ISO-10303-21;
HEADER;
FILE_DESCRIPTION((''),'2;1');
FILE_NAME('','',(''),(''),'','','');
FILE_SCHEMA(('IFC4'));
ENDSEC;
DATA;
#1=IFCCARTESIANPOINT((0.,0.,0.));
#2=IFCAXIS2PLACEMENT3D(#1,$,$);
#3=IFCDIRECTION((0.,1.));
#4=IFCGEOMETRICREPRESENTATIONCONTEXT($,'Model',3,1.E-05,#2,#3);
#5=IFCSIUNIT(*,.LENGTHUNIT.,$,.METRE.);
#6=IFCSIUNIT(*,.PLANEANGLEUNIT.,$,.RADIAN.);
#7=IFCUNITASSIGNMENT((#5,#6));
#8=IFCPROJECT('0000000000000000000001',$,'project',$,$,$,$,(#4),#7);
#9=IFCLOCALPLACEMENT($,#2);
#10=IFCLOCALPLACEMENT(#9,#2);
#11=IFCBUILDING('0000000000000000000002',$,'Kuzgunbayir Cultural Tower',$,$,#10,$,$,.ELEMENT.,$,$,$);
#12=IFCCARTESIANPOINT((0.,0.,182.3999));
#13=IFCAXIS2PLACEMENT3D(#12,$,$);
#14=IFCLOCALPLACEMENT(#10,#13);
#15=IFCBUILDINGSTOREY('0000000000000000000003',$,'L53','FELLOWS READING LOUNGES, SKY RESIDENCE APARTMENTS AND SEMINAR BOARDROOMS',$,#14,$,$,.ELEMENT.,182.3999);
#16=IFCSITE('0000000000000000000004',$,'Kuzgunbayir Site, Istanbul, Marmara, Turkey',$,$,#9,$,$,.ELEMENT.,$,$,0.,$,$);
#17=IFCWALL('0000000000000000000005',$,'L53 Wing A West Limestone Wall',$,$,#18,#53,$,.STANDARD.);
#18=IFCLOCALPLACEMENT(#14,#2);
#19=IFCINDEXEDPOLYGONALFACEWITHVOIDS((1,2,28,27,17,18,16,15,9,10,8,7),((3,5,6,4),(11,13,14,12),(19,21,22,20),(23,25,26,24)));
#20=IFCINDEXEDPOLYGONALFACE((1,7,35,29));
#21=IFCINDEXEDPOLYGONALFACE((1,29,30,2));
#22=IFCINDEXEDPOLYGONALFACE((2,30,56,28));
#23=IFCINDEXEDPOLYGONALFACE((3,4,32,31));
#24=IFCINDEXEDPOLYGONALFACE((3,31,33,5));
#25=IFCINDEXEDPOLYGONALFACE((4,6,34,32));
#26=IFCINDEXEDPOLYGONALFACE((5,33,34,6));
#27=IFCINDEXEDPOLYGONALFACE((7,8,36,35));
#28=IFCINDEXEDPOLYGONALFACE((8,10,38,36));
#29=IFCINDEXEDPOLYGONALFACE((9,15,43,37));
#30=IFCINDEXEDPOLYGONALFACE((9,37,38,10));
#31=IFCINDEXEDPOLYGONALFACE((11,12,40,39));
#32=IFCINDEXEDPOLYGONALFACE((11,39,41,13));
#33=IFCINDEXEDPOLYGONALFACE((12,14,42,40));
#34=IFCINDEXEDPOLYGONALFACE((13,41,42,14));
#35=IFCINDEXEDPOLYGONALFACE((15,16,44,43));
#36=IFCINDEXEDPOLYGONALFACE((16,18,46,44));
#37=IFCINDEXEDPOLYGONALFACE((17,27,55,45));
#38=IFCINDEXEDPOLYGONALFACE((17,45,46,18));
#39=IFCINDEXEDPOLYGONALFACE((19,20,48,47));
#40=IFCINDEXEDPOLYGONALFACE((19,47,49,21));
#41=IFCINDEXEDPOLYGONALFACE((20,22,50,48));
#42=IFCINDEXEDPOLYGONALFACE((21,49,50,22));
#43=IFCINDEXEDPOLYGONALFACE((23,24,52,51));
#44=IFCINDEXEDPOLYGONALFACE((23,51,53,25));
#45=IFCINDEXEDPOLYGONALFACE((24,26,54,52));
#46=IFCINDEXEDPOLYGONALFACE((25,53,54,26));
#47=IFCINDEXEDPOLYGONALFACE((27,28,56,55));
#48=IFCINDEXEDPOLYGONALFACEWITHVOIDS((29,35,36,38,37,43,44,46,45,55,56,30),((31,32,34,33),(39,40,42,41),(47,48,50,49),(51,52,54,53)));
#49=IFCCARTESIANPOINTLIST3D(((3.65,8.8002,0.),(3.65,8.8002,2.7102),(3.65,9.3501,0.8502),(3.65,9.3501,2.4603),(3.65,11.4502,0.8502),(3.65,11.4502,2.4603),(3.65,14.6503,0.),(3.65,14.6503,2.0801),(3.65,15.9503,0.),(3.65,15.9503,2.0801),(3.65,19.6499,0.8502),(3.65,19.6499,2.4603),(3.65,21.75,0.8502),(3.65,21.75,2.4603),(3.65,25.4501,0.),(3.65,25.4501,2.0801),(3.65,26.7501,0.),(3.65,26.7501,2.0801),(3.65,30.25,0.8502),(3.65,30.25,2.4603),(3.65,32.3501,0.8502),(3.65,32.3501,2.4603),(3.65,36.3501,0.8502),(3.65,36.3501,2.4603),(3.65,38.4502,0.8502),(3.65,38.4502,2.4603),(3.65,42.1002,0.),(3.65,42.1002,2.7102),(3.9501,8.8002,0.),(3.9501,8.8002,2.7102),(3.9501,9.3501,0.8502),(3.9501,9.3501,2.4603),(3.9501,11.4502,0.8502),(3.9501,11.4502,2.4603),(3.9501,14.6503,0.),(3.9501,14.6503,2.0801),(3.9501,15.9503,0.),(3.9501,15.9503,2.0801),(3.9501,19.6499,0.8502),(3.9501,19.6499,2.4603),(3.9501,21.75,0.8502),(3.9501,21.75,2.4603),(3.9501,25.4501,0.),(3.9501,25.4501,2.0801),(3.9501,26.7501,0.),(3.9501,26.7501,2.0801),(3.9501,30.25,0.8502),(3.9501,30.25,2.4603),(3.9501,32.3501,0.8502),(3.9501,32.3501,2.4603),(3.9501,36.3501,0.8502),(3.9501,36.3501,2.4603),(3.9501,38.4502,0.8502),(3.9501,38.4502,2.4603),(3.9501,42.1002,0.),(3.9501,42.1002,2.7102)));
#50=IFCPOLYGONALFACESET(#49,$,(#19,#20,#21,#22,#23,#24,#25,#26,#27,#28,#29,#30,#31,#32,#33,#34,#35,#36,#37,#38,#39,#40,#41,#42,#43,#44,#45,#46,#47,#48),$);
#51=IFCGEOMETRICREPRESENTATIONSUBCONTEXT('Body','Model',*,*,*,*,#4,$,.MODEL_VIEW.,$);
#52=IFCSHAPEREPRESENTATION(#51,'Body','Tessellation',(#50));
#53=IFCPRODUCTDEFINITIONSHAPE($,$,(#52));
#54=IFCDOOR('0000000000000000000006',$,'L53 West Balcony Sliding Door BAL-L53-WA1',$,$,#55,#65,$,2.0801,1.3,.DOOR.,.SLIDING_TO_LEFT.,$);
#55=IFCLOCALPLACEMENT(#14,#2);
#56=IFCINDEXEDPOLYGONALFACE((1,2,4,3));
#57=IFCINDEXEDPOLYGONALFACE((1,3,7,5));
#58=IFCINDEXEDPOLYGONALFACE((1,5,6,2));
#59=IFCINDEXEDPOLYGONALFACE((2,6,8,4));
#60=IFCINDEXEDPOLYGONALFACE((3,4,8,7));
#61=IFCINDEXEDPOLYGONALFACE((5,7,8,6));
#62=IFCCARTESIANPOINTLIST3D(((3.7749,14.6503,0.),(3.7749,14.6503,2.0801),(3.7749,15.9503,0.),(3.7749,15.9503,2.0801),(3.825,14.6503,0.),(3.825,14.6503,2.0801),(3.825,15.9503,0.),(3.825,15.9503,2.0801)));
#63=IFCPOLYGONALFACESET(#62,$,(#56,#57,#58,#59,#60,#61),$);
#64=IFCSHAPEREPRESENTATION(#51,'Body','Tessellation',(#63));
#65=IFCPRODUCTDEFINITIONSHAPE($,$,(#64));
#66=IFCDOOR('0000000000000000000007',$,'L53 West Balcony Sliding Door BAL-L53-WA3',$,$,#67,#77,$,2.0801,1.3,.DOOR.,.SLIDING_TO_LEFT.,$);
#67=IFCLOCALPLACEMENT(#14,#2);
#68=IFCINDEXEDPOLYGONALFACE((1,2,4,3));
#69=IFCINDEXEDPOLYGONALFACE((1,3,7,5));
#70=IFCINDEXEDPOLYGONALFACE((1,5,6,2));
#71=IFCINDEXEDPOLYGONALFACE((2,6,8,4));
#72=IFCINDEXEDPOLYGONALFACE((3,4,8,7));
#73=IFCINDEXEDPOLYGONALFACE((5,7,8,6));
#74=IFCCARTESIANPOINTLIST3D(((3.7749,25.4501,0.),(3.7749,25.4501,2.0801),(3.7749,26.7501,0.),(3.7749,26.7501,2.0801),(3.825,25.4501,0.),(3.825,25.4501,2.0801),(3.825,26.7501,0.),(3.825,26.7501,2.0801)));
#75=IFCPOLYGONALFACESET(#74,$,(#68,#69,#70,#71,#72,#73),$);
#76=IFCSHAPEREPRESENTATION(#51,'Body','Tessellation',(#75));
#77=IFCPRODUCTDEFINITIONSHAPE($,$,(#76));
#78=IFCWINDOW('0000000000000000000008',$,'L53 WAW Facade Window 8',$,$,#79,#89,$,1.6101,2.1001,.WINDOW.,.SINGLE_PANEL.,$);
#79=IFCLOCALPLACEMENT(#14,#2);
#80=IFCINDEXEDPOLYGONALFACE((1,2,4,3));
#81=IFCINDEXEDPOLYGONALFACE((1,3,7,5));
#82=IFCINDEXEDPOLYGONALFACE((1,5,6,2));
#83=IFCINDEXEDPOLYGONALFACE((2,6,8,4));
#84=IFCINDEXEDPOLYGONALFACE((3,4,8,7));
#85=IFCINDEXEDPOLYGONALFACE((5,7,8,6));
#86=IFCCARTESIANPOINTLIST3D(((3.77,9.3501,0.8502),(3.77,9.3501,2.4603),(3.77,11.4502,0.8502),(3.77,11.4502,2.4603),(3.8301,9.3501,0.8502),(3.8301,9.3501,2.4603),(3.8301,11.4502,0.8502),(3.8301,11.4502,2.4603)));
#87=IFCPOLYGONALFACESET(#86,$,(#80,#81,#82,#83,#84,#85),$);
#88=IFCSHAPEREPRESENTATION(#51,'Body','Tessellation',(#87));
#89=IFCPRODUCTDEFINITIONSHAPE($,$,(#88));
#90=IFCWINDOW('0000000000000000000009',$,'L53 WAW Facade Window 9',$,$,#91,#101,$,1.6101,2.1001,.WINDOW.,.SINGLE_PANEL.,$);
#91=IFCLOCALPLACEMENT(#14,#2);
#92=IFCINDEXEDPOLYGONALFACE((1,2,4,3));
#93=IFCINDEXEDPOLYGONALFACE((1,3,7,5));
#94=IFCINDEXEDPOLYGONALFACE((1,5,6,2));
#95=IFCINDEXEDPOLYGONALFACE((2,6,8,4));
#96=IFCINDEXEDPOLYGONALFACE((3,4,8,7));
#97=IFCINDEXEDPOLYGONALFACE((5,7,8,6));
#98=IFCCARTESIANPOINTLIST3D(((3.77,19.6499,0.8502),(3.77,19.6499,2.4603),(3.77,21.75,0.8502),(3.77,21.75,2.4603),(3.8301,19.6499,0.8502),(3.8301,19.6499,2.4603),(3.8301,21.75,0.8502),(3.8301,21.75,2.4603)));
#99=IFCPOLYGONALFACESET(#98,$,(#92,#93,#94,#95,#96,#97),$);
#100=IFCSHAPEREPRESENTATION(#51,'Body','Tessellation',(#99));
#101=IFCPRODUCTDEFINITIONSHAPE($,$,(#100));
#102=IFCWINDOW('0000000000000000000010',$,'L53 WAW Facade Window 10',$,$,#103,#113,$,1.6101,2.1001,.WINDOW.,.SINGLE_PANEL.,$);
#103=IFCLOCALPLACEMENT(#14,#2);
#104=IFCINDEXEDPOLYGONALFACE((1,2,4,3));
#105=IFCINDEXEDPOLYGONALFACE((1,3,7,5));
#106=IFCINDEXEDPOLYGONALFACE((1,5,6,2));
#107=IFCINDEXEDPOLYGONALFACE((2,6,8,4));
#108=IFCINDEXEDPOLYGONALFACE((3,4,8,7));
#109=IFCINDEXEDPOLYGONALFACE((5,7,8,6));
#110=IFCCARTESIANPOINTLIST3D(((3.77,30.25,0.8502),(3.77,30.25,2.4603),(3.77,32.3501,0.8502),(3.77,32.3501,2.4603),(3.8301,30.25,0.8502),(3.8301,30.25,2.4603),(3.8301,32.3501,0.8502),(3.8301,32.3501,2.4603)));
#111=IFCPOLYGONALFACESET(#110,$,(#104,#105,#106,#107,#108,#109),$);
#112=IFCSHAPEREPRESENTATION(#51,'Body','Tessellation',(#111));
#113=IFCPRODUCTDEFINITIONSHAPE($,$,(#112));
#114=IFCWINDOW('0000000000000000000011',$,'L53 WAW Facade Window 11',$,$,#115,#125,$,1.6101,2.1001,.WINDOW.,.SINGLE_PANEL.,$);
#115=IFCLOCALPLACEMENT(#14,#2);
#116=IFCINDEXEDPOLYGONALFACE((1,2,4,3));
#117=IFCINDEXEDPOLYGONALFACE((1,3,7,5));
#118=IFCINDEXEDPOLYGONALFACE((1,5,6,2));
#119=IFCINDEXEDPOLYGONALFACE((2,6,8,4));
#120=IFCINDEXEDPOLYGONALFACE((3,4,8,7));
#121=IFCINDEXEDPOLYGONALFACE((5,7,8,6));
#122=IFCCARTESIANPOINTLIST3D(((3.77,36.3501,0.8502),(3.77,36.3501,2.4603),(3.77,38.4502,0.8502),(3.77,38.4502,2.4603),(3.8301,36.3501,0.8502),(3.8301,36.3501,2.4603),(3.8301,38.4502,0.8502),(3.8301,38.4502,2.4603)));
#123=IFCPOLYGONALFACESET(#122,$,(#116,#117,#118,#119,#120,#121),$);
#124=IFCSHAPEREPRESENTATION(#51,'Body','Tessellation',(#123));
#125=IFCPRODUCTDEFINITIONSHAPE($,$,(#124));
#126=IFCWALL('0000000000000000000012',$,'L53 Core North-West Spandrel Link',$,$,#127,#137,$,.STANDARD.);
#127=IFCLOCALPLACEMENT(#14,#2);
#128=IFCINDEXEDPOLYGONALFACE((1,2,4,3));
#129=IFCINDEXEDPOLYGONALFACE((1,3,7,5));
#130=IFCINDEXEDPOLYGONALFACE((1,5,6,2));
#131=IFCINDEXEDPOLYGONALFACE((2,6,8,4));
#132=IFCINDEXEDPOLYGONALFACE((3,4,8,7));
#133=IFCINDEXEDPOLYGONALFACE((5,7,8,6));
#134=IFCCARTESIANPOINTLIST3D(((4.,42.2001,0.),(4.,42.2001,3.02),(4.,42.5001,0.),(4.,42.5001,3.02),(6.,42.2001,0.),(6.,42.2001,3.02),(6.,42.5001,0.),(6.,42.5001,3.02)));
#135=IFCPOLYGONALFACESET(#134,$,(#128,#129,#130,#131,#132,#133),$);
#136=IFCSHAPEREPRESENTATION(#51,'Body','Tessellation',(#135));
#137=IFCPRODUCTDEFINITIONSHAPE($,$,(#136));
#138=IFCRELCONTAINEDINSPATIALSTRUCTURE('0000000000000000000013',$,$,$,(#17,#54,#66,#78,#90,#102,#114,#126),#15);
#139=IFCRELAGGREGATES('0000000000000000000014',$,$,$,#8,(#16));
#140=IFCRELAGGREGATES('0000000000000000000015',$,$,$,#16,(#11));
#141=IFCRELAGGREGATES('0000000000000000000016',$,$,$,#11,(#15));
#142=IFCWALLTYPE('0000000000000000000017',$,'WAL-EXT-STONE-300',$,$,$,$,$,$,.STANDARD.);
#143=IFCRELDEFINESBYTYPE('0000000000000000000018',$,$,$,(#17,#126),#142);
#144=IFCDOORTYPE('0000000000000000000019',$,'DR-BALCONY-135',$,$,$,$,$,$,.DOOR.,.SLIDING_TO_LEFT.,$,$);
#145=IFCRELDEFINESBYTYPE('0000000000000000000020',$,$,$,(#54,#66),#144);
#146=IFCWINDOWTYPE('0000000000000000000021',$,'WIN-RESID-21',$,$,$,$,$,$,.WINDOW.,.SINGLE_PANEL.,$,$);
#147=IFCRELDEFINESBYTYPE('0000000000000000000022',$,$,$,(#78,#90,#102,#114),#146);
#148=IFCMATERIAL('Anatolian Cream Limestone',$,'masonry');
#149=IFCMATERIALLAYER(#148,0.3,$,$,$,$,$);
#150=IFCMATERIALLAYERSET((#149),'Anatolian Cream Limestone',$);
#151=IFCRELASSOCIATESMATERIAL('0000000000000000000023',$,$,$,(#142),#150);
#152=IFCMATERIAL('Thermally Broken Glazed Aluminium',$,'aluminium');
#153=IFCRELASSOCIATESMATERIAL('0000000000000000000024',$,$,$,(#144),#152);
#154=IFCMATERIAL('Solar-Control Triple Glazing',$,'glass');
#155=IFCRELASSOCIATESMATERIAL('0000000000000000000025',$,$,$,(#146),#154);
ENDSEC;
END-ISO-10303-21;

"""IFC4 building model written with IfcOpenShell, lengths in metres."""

from ifc_helpers import new_model, si_unit, direction, frame, frame_2d, origin, place, context, subcontext, project, spatial, rectangle, extrude, material, layer, layer_set, type_object, element, fill, save


model = new_model("IFC4")

# Units and contexts
model_context = context("Model", 3, precision=1e-05, world=origin(), true_north=direction((0.0, 1.0)))
body_context = subcontext(model_context, "Body", "Model", "MODEL_VIEW")
ifc_project = project(units=[si_unit("LENGTHUNIT", "METRE"), si_unit("PLANEANGLEUNIT", "RADIAN")], contexts=[model_context])

# Site, building, storey
site_placement = place(None, origin())
site = spatial("IfcSite", under=ifc_project, at=site_placement, Name="Kuzgunbayir Site, Istanbul, Marmara, Turkey", CompositionType="ELEMENT", RefElevation=0.0)
building_placement = place(site_placement, origin())
building = spatial("IfcBuilding", under=site, at=building_placement, Name="Kuzgunbayir Cultural Tower", CompositionType="ELEMENT")
storey_placement = place(building_placement, frame((0.0, 0.0, 182.3999)))
storey = spatial("IfcBuildingStorey", under=building, at=storey_placement, Name="L53", Description="FELLOWS READING LOUNGES, SKY RESIDENCE APARTMENTS AND SEMINAR BOARDROOMS", CompositionType="ELEMENT", Elevation=182.3999)

# Wall, openings, doors, windows
ifc_material_1 = material(Name="Anatolian Cream Limestone", Category="masonry")
ifc_layer_1 = layer(ifc_material_1, 0.3)
ifc_layer_set_1 = layer_set([ifc_layer_1], Name="Anatolian Cream Limestone")
wall_type_1 = type_object("IfcWallType", Name="WAL-EXT-STONE-300", PredefinedType="STANDARD", material=ifc_layer_set_1)
wall_1_placement = place(storey_placement, frame((3.8, 42.1001, 0.0), z_axis=(0.0, 0.0, 1.0), x_axis=(0.0, -1.0, 0.0)))
wall_1 = element("IfcWall", 1, at=wall_1_placement, inside=storey, type_object=wall_type_1, Name="L53 Wing A West Limestone Wall", PredefinedType="STANDARD", context=body_context, shape_type="SweptSolid", body=[
    extrude(rectangle(XDim=33.3, YDim=0.3, at=frame_2d((16.6499, 0.0))), origin(), (0.0, 0.0, 1.0), 2.7102),
])
opening_1_placement = place(wall_1_placement, frame((26.1499, 0.0, 0.0)))
opening_1 = element("IfcOpeningElement", 2, at=opening_1_placement, cuts=wall_1, PredefinedType="OPENING", context=body_context, shape_type="SweptSolid", body=[
    extrude(rectangle(XDim=1.3, YDim=2.0801, at=frame_2d((0.6499, 1.04))), frame((0.0, 0.1602, 0.0), z_axis=(0.0, -1.0, 0.0), x_axis=(1.0, 0.0, 0.0)), (0.0, 0.0, 1.0), 0.3201),
])
opening_2_placement = place(wall_1_placement, frame((15.3501, 0.0, 0.0)))
opening_2 = element("IfcOpeningElement", 3, at=opening_2_placement, cuts=wall_1, PredefinedType="OPENING", context=body_context, shape_type="SweptSolid", body=[
    extrude(rectangle(XDim=1.3, YDim=2.0801, at=frame_2d((0.6499, 1.04))), frame((0.0, 0.1602, 0.0), z_axis=(0.0, -1.0, 0.0), x_axis=(1.0, 0.0, 0.0)), (0.0, 0.0, 1.0), 0.3201),
])
opening_3_placement = place(wall_1_placement, frame((30.6499, 0.0, 0.8501)))
opening_3 = element("IfcOpeningElement", 4, at=opening_3_placement, cuts=wall_1, PredefinedType="OPENING", context=body_context, shape_type="SweptSolid", body=[
    extrude(rectangle(XDim=2.1001, YDim=1.6101, at=frame_2d((1.05, 0.8052))), frame((0.0, 0.1602, 0.0), z_axis=(0.0, -1.0, 0.0), x_axis=(1.0, 0.0, 0.0)), (0.0, 0.0, 1.0), 0.3201),
])
opening_4_placement = place(wall_1_placement, frame((20.3501, 0.0, 0.8501)))
opening_4 = element("IfcOpeningElement", 5, at=opening_4_placement, cuts=wall_1, PredefinedType="OPENING", context=body_context, shape_type="SweptSolid", body=[
    extrude(rectangle(XDim=2.1001, YDim=1.6101, at=frame_2d((1.05, 0.8052))), frame((0.0, 0.1602, 0.0), z_axis=(0.0, -1.0, 0.0), x_axis=(1.0, 0.0, 0.0)), (0.0, 0.0, 1.0), 0.3201),
])
opening_5_placement = place(wall_1_placement, frame((9.75, 0.0, 0.8501)))
opening_5 = element("IfcOpeningElement", 6, at=opening_5_placement, cuts=wall_1, PredefinedType="OPENING", context=body_context, shape_type="SweptSolid", body=[
    extrude(rectangle(XDim=2.1001, YDim=1.6101, at=frame_2d((1.05, 0.8052))), frame((0.0, 0.1602, 0.0), z_axis=(0.0, -1.0, 0.0), x_axis=(1.0, 0.0, 0.0)), (0.0, 0.0, 1.0), 0.3201),
])
opening_6_placement = place(wall_1_placement, frame((3.6499, 0.0, 0.8501)))
opening_6 = element("IfcOpeningElement", 7, at=opening_6_placement, cuts=wall_1, PredefinedType="OPENING", context=body_context, shape_type="SweptSolid", body=[
    extrude(rectangle(XDim=2.1001, YDim=1.6101, at=frame_2d((1.05, 0.8052))), frame((0.0, 0.1602, 0.0), z_axis=(0.0, -1.0, 0.0), x_axis=(1.0, 0.0, 0.0)), (0.0, 0.0, 1.0), 0.3201),
])
ifc_material_2 = material(Name="Thermally Broken Glazed Aluminium", Category="aluminium")
door_type_1 = type_object("IfcDoorType", Name="DR-BALCONY-135", OperationType="SLIDING_TO_LEFT", PredefinedType="DOOR", material=ifc_material_2)
door_1_placement = place(opening_1_placement, origin())
door_1 = element("IfcDoor", 8, at=door_1_placement, inside=storey, type_object=door_type_1, Name="L53 West Balcony Sliding Door BAL-L53-WA1", OperationType="SLIDING_TO_LEFT", OverallHeight=2.0801, OverallWidth=1.3, PredefinedType="DOOR", context=body_context, shape_type="SweptSolid", body=[
    extrude(rectangle(XDim=1.3, YDim=2.0801, at=frame_2d((0.6499, 1.04))), frame((0.0, 0.0249, 0.0), z_axis=(0.0, -1.0, 0.0), x_axis=(1.0, 0.0, 0.0)), (0.0, 0.0, 1.0), 0.05),
])
fill(opening_1, door_1)
door_2_placement = place(opening_2_placement, origin())
door_2 = element("IfcDoor", 9, at=door_2_placement, inside=storey, type_object=door_type_1, Name="L53 West Balcony Sliding Door BAL-L53-WA3", OperationType="SLIDING_TO_LEFT", OverallHeight=2.0801, OverallWidth=1.3, PredefinedType="DOOR", context=body_context, shape_type="SweptSolid", body=[
    extrude(rectangle(XDim=1.3, YDim=2.0801, at=frame_2d((0.6499, 1.04))), frame((0.0, 0.0249, 0.0), z_axis=(0.0, -1.0, 0.0), x_axis=(1.0, 0.0, 0.0)), (0.0, 0.0, 1.0), 0.05),
])
fill(opening_2, door_2)
ifc_material_3 = material(Name="Solar-Control Triple Glazing", Category="glass")
window_type = type_object("IfcWindowType", Name="WIN-RESID-21", PartitioningType="SINGLE_PANEL", PredefinedType="WINDOW", material=ifc_material_3)
window_1_placement = place(opening_3_placement, origin())
window_1 = element("IfcWindow", 10, at=window_1_placement, inside=storey, type_object=window_type, Name="L53 WAW Facade Window 8", OverallHeight=1.6101, OverallWidth=2.1001, PartitioningType="SINGLE_PANEL", PredefinedType="WINDOW", context=body_context, shape_type="SweptSolid", body=[
    extrude(rectangle(XDim=2.1001, YDim=1.6101, at=frame_2d((1.05, 0.8052))), frame((0.0, 0.03, 0.0), z_axis=(0.0, -1.0, 0.0), x_axis=(1.0, 0.0, 0.0)), (0.0, 0.0, 1.0), 0.0601),
])
fill(opening_3, window_1)
window_2_placement = place(opening_4_placement, origin())
window_2 = element("IfcWindow", 11, at=window_2_placement, inside=storey, type_object=window_type, Name="L53 WAW Facade Window 9", OverallHeight=1.6101, OverallWidth=2.1001, PartitioningType="SINGLE_PANEL", PredefinedType="WINDOW", context=body_context, shape_type="SweptSolid", body=[
    extrude(rectangle(XDim=2.1001, YDim=1.6101, at=frame_2d((1.05, 0.8052))), frame((0.0, 0.03, 0.0), z_axis=(0.0, -1.0, 0.0), x_axis=(1.0, 0.0, 0.0)), (0.0, 0.0, 1.0), 0.0601),
])
fill(opening_4, window_2)
window_3_placement = place(opening_5_placement, origin())
window_3 = element("IfcWindow", 12, at=window_3_placement, inside=storey, type_object=window_type, Name="L53 WAW Facade Window 10", OverallHeight=1.6101, OverallWidth=2.1001, PartitioningType="SINGLE_PANEL", PredefinedType="WINDOW", context=body_context, shape_type="SweptSolid", body=[
    extrude(rectangle(XDim=2.1001, YDim=1.6101, at=frame_2d((1.05, 0.8052))), frame((0.0, 0.03, 0.0), z_axis=(0.0, -1.0, 0.0), x_axis=(1.0, 0.0, 0.0)), (0.0, 0.0, 1.0), 0.0601),
])
fill(opening_5, window_3)
window_4_placement = place(opening_6_placement, origin())
window_4 = element("IfcWindow", 13, at=window_4_placement, inside=storey, type_object=window_type, Name="L53 WAW Facade Window 11", OverallHeight=1.6101, OverallWidth=2.1001, PartitioningType="SINGLE_PANEL", PredefinedType="WINDOW", context=body_context, shape_type="SweptSolid", body=[
    extrude(rectangle(XDim=2.1001, YDim=1.6101, at=frame_2d((1.05, 0.8052))), frame((0.0, 0.03, 0.0), z_axis=(0.0, -1.0, 0.0), x_axis=(1.0, 0.0, 0.0)), (0.0, 0.0, 1.0), 0.0601),
])
fill(opening_6, window_4)

# Wall
wall_2_placement = place(storey_placement, frame((6.0, 42.3501, 0.0), z_axis=(0.0, 0.0, 1.0), x_axis=(-1.0, 0.0, 0.0)))
element("IfcWall", 14, at=wall_2_placement, inside=storey, type_object=wall_type_1, Name="L53 Core North-West Spandrel Link", PredefinedType="STANDARD", context=body_context, shape_type="SweptSolid", body=[
    extrude(rectangle(XDim=2.0, YDim=0.3, at=frame_2d((1.0, 0.0))), origin(), (0.0, 0.0, 1.0), 3.02),
])

save(model, "model.ifc")
